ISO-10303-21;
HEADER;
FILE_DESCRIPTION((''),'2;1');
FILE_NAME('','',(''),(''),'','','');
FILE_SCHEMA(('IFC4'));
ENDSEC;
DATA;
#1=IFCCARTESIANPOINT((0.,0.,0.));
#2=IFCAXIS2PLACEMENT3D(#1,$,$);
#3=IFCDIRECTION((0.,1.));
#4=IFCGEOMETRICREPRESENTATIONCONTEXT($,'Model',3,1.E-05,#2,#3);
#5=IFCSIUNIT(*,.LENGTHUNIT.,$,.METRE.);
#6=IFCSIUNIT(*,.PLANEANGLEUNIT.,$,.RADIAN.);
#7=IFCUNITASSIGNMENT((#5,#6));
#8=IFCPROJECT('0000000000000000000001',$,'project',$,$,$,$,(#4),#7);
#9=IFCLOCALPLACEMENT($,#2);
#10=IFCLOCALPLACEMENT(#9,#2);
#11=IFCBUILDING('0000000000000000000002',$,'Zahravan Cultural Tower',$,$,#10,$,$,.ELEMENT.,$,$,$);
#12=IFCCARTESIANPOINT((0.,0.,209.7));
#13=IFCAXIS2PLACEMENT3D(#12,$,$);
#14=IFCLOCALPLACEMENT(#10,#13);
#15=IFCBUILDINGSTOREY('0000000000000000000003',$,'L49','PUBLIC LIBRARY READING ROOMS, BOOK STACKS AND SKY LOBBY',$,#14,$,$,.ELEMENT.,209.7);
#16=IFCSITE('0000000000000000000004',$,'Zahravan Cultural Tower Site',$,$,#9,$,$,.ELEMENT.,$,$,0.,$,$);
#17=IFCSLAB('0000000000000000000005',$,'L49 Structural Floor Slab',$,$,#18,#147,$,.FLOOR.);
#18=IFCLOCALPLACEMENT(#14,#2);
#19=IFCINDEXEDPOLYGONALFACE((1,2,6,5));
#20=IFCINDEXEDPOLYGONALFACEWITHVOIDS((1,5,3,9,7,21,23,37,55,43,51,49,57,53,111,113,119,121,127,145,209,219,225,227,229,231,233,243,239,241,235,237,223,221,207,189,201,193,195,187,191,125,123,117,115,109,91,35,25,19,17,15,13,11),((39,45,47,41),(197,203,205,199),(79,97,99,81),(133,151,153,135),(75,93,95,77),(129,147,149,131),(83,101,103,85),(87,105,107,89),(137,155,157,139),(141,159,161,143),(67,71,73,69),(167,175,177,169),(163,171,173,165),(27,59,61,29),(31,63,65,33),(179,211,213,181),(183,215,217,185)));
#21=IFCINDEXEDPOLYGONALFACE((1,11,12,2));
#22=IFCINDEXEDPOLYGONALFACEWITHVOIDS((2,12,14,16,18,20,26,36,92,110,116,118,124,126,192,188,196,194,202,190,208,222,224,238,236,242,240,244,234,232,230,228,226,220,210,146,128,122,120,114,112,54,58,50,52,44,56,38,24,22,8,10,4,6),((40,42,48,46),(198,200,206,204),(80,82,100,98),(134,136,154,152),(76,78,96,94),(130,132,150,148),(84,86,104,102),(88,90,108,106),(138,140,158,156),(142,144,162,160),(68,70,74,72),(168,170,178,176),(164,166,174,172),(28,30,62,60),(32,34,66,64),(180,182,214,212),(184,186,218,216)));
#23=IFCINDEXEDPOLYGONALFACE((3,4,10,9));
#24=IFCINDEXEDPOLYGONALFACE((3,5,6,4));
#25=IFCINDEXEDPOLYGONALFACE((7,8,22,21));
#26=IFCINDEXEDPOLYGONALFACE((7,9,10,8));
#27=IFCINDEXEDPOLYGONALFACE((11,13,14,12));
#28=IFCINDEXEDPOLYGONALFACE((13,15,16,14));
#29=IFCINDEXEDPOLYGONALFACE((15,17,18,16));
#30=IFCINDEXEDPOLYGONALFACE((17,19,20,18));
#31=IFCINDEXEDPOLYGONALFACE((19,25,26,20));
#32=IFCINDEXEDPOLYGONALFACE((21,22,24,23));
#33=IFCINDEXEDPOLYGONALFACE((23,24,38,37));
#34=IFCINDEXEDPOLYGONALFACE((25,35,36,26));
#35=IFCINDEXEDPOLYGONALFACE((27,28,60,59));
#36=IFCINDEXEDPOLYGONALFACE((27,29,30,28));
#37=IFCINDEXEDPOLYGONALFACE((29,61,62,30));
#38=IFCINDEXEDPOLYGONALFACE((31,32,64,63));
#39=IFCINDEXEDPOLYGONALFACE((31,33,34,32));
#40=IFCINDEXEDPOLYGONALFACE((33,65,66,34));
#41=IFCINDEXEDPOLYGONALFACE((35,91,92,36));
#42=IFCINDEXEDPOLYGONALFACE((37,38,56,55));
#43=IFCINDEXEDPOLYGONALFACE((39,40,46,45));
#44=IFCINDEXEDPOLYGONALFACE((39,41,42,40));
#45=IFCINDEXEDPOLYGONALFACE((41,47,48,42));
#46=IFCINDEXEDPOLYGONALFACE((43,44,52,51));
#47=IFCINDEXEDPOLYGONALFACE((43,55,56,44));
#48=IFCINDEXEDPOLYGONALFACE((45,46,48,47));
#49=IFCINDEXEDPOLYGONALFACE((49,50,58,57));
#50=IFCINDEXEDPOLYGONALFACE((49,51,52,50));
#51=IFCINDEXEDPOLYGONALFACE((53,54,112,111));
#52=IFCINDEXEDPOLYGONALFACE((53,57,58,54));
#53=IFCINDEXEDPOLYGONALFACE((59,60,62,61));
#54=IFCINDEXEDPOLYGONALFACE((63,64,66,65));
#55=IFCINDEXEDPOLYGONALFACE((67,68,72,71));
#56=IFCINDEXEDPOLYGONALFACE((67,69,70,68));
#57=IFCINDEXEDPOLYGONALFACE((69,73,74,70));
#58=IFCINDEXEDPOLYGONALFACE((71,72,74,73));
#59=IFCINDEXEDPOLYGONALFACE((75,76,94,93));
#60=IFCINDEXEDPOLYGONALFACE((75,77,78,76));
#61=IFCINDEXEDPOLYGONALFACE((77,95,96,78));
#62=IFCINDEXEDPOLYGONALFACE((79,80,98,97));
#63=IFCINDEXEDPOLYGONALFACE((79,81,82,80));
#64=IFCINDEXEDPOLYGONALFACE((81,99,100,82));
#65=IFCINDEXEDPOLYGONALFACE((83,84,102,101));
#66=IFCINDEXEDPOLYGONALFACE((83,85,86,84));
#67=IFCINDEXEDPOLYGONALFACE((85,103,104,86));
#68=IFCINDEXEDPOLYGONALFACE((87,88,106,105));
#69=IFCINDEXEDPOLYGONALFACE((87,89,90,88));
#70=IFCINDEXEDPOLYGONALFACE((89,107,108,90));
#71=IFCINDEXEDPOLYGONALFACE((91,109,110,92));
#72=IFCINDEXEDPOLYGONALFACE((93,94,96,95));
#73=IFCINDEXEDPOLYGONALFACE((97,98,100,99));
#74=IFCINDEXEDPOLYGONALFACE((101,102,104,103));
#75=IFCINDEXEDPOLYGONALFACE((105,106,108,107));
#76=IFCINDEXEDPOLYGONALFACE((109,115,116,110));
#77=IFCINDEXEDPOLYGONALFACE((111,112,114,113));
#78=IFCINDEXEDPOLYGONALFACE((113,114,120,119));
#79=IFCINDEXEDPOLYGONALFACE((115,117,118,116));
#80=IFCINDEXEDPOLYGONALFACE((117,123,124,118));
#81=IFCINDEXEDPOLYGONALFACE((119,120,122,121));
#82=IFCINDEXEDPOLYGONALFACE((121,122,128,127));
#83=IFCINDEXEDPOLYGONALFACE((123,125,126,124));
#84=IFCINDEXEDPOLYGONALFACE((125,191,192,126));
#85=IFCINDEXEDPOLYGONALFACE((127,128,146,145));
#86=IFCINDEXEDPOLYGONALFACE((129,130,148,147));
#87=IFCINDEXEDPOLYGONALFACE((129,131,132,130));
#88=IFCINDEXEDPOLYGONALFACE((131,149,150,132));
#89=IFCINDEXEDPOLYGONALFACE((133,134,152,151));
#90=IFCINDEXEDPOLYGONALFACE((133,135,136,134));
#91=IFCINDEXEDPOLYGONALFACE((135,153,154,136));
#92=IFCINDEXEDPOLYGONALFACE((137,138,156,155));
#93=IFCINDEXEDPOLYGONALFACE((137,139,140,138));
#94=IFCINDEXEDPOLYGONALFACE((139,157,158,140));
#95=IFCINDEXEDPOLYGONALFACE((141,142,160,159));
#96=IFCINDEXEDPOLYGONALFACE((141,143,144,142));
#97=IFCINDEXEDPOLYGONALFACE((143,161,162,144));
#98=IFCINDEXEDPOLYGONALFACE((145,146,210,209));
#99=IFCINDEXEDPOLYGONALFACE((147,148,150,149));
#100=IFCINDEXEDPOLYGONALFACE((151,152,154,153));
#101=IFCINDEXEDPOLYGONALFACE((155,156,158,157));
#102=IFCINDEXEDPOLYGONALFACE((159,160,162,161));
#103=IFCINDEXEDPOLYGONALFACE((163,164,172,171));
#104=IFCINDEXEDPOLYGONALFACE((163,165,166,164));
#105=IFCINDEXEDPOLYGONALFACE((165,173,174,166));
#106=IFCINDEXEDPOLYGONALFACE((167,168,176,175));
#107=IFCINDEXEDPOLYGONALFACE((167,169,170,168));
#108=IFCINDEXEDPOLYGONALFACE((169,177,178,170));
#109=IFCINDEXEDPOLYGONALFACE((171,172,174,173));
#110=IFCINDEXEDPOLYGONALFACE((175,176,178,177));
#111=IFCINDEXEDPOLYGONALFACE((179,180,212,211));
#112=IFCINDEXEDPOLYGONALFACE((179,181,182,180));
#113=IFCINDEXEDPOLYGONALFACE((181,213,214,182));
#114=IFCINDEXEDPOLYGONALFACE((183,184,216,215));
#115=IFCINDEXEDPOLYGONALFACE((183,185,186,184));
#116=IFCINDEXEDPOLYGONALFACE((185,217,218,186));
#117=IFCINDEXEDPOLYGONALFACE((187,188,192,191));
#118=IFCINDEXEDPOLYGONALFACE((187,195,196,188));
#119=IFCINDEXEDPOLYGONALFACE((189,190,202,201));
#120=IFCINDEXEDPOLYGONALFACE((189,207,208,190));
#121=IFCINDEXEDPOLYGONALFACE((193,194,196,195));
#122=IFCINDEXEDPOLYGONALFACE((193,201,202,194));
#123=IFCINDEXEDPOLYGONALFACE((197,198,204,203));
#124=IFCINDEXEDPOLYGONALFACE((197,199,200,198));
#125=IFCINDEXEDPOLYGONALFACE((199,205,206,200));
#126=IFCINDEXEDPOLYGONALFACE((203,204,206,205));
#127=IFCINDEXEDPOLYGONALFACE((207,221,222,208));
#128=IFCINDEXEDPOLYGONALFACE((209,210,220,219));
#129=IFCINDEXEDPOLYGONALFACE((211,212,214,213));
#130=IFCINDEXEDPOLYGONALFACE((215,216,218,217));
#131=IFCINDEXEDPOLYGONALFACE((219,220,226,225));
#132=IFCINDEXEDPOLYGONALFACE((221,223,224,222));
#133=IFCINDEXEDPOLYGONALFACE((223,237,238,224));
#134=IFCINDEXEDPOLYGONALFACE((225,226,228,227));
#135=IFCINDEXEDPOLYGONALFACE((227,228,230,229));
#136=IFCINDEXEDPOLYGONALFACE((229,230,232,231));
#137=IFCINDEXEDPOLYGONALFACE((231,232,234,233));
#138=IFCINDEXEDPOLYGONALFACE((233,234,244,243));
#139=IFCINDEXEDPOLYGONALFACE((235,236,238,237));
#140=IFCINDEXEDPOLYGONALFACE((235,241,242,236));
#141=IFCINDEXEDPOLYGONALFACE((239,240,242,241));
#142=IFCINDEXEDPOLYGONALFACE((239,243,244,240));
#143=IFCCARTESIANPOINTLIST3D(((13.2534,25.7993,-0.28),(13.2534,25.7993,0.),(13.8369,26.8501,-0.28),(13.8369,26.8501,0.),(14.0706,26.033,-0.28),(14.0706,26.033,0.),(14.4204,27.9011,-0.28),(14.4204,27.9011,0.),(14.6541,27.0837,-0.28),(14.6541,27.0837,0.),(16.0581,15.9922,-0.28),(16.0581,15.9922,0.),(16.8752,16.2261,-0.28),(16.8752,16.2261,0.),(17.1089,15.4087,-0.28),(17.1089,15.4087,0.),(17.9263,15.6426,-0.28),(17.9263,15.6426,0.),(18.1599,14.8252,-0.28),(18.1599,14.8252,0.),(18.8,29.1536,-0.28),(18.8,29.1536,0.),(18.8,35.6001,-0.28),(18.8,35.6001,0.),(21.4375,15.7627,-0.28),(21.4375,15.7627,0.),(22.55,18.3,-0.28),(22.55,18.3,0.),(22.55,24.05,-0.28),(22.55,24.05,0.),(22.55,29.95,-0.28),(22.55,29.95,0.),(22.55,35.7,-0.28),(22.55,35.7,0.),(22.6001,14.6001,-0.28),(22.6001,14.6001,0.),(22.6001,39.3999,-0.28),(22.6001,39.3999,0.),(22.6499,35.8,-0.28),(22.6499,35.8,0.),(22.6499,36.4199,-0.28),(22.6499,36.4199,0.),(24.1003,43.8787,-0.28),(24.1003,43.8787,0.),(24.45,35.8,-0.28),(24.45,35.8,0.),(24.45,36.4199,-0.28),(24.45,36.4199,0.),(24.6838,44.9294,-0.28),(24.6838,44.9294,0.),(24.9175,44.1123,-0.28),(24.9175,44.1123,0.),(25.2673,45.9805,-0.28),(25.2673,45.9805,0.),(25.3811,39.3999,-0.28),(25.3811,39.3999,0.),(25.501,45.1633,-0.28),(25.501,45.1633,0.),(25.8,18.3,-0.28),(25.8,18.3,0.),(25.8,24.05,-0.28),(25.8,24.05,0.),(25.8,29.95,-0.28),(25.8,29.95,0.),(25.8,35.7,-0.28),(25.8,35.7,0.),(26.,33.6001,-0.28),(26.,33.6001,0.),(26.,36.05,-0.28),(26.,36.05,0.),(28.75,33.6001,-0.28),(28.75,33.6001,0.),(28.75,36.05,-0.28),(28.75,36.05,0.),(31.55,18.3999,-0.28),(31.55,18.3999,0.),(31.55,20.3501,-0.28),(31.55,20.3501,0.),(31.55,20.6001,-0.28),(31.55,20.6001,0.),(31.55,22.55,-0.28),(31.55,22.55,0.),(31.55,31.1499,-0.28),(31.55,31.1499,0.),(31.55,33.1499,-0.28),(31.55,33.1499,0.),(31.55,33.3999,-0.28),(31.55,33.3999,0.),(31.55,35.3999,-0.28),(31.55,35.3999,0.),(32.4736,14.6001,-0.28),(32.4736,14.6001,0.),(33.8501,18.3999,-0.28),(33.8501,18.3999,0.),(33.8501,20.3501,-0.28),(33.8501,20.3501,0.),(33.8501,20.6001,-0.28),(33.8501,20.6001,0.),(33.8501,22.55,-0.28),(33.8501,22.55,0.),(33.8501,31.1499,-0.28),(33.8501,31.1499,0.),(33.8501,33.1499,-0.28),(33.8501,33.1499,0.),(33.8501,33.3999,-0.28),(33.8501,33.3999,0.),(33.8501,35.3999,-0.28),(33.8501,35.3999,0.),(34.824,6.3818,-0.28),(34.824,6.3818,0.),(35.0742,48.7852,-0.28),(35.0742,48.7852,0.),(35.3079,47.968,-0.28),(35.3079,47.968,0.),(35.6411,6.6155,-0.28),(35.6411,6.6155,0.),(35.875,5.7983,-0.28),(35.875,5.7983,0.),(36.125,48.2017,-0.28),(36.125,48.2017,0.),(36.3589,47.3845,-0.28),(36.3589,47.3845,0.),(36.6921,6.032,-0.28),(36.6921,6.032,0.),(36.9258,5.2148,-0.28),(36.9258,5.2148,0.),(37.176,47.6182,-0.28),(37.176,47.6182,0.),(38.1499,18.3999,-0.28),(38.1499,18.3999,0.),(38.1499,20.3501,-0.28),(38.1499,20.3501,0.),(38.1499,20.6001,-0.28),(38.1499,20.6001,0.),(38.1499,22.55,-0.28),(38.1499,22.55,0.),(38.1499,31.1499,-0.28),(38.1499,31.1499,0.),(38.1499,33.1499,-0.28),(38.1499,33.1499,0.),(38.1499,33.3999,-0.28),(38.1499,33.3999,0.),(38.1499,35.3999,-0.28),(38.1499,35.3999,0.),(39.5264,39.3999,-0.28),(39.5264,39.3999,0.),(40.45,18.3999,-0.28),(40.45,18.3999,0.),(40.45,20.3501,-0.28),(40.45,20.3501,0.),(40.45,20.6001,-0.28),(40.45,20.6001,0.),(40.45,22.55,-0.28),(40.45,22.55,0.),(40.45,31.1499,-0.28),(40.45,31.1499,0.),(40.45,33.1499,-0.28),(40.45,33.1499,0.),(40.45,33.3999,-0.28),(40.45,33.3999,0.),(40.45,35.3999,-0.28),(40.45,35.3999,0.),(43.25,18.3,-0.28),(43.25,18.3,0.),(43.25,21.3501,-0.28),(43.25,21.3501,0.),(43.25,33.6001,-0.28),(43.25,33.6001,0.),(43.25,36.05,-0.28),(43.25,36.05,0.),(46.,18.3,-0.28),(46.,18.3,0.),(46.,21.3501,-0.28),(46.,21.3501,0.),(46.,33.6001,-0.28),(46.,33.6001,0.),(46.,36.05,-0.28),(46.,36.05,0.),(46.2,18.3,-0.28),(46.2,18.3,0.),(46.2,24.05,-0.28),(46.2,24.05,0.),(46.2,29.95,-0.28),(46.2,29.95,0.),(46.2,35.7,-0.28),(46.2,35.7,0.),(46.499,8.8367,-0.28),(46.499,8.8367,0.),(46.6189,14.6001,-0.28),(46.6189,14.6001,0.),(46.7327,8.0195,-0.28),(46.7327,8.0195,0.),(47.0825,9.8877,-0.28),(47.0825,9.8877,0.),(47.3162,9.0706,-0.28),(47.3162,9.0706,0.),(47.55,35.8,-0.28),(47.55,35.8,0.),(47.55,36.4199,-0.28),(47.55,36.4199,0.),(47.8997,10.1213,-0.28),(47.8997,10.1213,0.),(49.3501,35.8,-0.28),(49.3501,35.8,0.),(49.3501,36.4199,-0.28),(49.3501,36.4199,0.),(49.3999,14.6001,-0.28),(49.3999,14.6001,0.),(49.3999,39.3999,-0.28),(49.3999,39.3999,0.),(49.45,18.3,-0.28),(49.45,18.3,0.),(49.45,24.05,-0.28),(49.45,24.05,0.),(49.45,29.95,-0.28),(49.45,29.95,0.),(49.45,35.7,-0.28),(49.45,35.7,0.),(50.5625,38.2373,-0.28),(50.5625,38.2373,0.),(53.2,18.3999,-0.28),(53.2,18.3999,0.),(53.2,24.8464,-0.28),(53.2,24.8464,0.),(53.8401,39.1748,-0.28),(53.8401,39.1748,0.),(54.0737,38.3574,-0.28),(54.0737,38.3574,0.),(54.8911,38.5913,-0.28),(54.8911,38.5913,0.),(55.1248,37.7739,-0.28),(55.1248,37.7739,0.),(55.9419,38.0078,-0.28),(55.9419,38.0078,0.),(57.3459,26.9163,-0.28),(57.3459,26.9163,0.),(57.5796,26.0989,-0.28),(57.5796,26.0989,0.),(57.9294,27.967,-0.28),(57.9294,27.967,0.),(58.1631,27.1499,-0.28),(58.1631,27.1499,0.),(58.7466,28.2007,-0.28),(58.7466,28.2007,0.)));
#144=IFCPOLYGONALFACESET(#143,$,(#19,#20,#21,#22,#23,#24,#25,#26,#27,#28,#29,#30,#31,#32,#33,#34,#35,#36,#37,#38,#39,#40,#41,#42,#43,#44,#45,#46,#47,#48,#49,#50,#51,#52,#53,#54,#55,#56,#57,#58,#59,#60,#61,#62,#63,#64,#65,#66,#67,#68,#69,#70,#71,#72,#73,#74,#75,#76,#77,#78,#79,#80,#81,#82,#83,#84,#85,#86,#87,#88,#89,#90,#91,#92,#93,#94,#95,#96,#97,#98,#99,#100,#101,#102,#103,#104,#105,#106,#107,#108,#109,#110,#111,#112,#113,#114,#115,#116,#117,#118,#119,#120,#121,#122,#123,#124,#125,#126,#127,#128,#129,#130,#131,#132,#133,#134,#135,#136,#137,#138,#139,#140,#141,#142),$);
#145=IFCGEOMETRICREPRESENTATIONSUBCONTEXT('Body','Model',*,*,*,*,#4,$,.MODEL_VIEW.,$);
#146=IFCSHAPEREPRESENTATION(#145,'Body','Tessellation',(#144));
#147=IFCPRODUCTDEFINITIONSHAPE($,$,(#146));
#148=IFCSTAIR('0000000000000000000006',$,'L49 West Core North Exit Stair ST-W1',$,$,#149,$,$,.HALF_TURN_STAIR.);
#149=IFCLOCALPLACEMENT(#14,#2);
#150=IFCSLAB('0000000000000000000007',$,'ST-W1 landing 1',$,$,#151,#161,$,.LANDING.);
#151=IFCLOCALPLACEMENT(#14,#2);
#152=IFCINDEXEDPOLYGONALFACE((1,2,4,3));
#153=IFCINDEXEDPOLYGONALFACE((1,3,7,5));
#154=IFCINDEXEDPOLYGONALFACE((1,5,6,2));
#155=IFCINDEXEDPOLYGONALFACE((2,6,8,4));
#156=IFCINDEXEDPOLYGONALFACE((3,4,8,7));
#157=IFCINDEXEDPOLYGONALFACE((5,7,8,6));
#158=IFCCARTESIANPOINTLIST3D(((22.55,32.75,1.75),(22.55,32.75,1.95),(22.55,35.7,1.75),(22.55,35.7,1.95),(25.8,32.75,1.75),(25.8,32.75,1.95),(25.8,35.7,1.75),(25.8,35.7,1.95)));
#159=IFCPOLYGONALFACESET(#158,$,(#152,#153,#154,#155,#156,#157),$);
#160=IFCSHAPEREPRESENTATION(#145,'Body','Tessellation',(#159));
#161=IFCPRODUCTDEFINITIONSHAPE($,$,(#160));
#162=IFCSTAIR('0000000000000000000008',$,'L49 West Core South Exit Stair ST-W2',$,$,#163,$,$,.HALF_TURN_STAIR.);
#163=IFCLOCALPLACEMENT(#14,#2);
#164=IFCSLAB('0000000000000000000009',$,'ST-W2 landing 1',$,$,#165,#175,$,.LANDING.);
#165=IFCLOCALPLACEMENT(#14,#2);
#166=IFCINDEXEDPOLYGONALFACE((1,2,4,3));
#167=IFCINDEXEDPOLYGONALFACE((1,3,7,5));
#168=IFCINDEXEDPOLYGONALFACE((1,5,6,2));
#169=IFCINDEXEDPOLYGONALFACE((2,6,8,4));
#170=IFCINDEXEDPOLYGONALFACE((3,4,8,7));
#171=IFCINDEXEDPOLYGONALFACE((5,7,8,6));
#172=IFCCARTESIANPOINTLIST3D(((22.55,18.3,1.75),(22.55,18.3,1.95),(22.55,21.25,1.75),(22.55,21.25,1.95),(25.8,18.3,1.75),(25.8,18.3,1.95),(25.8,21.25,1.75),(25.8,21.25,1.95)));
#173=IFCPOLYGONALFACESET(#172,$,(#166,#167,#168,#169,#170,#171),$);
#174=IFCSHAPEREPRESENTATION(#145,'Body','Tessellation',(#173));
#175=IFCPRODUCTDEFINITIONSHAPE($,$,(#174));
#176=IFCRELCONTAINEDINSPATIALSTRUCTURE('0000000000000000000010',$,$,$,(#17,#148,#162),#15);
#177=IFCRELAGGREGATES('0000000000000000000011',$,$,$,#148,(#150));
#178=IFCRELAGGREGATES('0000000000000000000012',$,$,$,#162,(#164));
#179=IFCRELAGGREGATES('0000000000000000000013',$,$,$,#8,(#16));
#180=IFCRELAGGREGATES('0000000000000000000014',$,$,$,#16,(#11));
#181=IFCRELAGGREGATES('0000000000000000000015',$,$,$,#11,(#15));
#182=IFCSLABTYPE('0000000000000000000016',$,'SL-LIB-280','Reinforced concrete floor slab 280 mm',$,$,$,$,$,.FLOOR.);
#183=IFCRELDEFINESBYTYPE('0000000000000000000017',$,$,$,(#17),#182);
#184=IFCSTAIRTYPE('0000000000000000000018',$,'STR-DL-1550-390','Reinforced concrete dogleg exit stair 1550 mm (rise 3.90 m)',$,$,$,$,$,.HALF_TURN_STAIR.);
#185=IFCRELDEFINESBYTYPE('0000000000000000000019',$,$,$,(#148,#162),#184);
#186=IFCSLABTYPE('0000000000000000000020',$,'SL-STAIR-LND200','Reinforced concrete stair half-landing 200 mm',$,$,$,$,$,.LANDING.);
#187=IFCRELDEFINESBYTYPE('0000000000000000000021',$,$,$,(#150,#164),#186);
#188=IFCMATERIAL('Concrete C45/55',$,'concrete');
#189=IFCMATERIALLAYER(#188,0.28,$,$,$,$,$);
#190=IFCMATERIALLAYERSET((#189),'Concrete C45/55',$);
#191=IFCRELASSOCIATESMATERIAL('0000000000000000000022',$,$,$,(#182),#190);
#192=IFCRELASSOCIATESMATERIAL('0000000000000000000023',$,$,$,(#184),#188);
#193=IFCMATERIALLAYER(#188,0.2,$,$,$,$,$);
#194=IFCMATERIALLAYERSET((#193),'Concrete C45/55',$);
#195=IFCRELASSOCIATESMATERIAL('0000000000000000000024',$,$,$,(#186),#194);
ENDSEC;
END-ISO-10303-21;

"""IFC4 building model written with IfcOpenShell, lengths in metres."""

from ifc_helpers import new_model, si_unit, direction, frame, origin, place, context, subcontext, project, spatial, polyline, outline, extrude, material, layer, layer_set, type_object, element, aggregate, save


model = new_model("IFC4")

# Units and contexts
model_context = context("Model", 3, precision=1e-05, world=origin(), true_north=direction((0.0, 1.0)))
body_context = subcontext(model_context, "Body", "Model", "MODEL_VIEW")
ifc_project = project(units=[si_unit("LENGTHUNIT", "METRE"), si_unit("PLANEANGLEUNIT", "RADIAN")], contexts=[model_context])

# Site, building, storey
site_placement = place(None, origin())
site = spatial("IfcSite", under=ifc_project, at=site_placement, Name="Zahravan Cultural Tower Site", CompositionType="ELEMENT", RefElevation=0.0)
building_placement = place(site_placement, origin())
building = spatial("IfcBuilding", under=site, at=building_placement, Name="Zahravan Cultural Tower", CompositionType="ELEMENT")
storey_placement = place(building_placement, frame((0.0, 0.0, 209.7)))
storey = spatial("IfcBuildingStorey", under=building, at=storey_placement, Name="L49", Description="PUBLIC LIBRARY READING ROOMS, BOOK STACKS AND SKY LOBBY", CompositionType="ELEMENT", Elevation=209.7)

# Slab
ifc_material_1 = material(Name="Concrete C45/55", Category="concrete")
ifc_layer_1 = layer(ifc_material_1, 0.28)
ifc_layer_set_1 = layer_set([ifc_layer_1], Name="Concrete C45/55")
slab_type_1 = type_object("IfcSlabType", Name="SL-LIB-280", Description="Reinforced concrete floor slab 280 mm", PredefinedType="FLOOR", material=ifc_layer_set_1)
slab_1_placement = place(storey_placement, frame((0.0, 0.0, -0.28)))
element("IfcSlab", 1, at=slab_1_placement, inside=storey, type_object=slab_type_1, Name="L49 Structural Floor Slab", PredefinedType="FLOOR", context=body_context, shape_type="SweptSolid", body=[
    extrude(outline(polyline([(50.5625, 38.2373), (49.3999, 39.3999), (39.5264, 39.3999), (37.176, 47.6182), (36.3589, 47.3845), (36.125, 48.2017), (35.3079, 47.968), (35.0742, 48.7852), (25.2673, 45.9805), (25.501, 45.1633), (24.6838, 44.9294), (24.9175, 44.1123), (24.1003, 43.8787), (25.3811, 39.3999), (22.6001, 39.3999), (18.8, 35.6001), (18.8, 29.1536), (14.4204, 27.9011), (14.6541, 27.0837), (13.8369, 26.8501), (14.0706, 26.033), (13.2534, 25.7993), (16.0581, 15.9922), (16.8752, 16.2261), (17.1089, 15.4087), (17.9263, 15.6426), (18.1599, 14.8252), (21.4375, 15.7627), (22.6001, 14.6001), (32.4736, 14.6001), (34.824, 6.3818), (35.6411, 6.6155), (35.875, 5.7983), (36.6921, 6.032), (36.9258, 5.2148), (46.7327, 8.0195), (46.499, 8.8367), (47.3162, 9.0706), (47.0825, 9.8877), (47.8997, 10.1213), (46.6189, 14.6001), (49.3999, 14.6001), (53.2, 18.3999), (53.2, 24.8464), (57.5796, 26.0989), (57.3459, 26.9163), (58.1631, 27.1499), (57.9294, 27.967), (58.7466, 28.2007), (55.9419, 38.0078), (55.1248, 37.7739), (54.8911, 38.5913), (54.0737, 38.3574), (53.8401, 39.1748), (50.5625, 38.2373)]), holes=[polyline([(22.55, 29.95), (22.55, 35.7), (25.8, 35.7), (25.8, 29.95), (22.55, 29.95)]), polyline([(22.55, 18.3), (22.55, 24.05), (25.8, 24.05), (25.8, 18.3), (22.55, 18.3)]), polyline([(46.2, 29.95), (46.2, 35.7), (49.45, 35.7), (49.45, 29.95), (46.2, 29.95)]), polyline([(46.2, 18.3), (46.2, 24.05), (49.45, 24.05), (49.45, 18.3), (46.2, 18.3)]), polyline([(26.0, 33.6001), (26.0, 36.05), (28.75, 36.05), (28.75, 33.6001), (26.0, 33.6001)]), polyline([(43.25, 33.6001), (43.25, 36.05), (46.0, 36.05), (46.0, 33.6001), (43.25, 33.6001)]), polyline([(43.25, 18.3), (43.25, 21.3501), (46.0, 21.3501), (46.0, 18.3), (43.25, 18.3)]), polyline([(31.55, 33.3999), (31.55, 35.3999), (33.8501, 35.3999), (33.8501, 33.3999), (31.55, 33.3999)]), polyline([(31.55, 31.1499), (31.55, 33.1499), (33.8501, 33.1499), (33.8501, 31.1499), (31.55, 31.1499)]), polyline([(38.1499, 33.3999), (38.1499, 35.3999), (40.45, 35.3999), (40.45, 33.3999), (38.1499, 33.3999)]), polyline([(38.1499, 31.1499), (38.1499, 33.1499), (40.45, 33.1499), (40.45, 31.1499), (38.1499, 31.1499)]), polyline([(31.55, 20.6001), (31.55, 22.55), (33.8501, 22.55), (33.8501, 20.6001), (31.55, 20.6001)]), polyline([(31.55, 18.3999), (31.55, 20.3501), (33.8501, 20.3501), (33.8501, 18.3999), (31.55, 18.3999)]), polyline([(38.1499, 20.6001), (38.1499, 22.55), (40.45, 22.55), (40.45, 20.6001), (38.1499, 20.6001)]), polyline([(38.1499, 18.3999), (38.1499, 20.3501), (40.45, 20.3501), (40.45, 18.3999), (38.1499, 18.3999)]), polyline([(22.6499, 35.8), (22.6499, 36.4199), (24.45, 36.4199), (24.45, 35.8), (22.6499, 35.8)]), polyline([(47.55, 35.8), (47.55, 36.4199), (49.3501, 36.4199), (49.3501, 35.8), (47.55, 35.8)])]), origin(), (0.0, 0.0, 1.0), 0.28),
])

# Stairs, slabs
stair_type = type_object("IfcStairType", Name="STR-DL-1550-390", Description="Reinforced concrete dogleg exit stair 1550 mm (rise 3.90 m)", PredefinedType="HALF_TURN_STAIR", material=ifc_material_1)
stair_1_placement = place(storey_placement, origin())
stair_1 = element("IfcStair", 2, at=stair_1_placement, inside=storey, type_object=stair_type, Name="L49 West Core North Exit Stair ST-W1", PredefinedType="HALF_TURN_STAIR")
ifc_layer_2 = layer(ifc_material_1, 0.2)
ifc_layer_set_2 = layer_set([ifc_layer_2], Name="Concrete C45/55")
slab_type_2 = type_object("IfcSlabType", Name="SL-STAIR-LND200", Description="Reinforced concrete stair half-landing 200 mm", PredefinedType="LANDING", material=ifc_layer_set_2)
slab_2_placement = place(storey_placement, frame((0.0, 0.0, 1.75)))
slab_2 = element("IfcSlab", 3, at=slab_2_placement, type_object=slab_type_2, Name="ST-W1 landing 1", PredefinedType="LANDING", context=body_context, shape_type="SweptSolid", body=[
    extrude(outline(polyline([(25.8, 32.75), (25.8, 35.7), (22.55, 35.7), (22.55, 32.75), (25.8, 32.75)])), origin(), (0.0, 0.0, 1.0), 0.2),
])
aggregate(stair_1, [slab_2])
stair_2_placement = place(storey_placement, origin())
stair_2 = element("IfcStair", 4, at=stair_2_placement, inside=storey, type_object=stair_type, Name="L49 West Core South Exit Stair ST-W2", PredefinedType="HALF_TURN_STAIR")
slab_3_placement = place(storey_placement, frame((0.0, 0.0, 1.75)))
slab_3 = element("IfcSlab", 5, at=slab_3_placement, type_object=slab_type_2, Name="ST-W2 landing 1", PredefinedType="LANDING", context=body_context, shape_type="SweptSolid", body=[
    extrude(outline(polyline([(22.55, 21.25), (22.55, 18.3), (25.8, 18.3), (25.8, 21.25), (22.55, 21.25)])), origin(), (0.0, 0.0, 1.0), 0.2),
])
aggregate(stair_2, [slab_3])

save(model, "model.ifc")
